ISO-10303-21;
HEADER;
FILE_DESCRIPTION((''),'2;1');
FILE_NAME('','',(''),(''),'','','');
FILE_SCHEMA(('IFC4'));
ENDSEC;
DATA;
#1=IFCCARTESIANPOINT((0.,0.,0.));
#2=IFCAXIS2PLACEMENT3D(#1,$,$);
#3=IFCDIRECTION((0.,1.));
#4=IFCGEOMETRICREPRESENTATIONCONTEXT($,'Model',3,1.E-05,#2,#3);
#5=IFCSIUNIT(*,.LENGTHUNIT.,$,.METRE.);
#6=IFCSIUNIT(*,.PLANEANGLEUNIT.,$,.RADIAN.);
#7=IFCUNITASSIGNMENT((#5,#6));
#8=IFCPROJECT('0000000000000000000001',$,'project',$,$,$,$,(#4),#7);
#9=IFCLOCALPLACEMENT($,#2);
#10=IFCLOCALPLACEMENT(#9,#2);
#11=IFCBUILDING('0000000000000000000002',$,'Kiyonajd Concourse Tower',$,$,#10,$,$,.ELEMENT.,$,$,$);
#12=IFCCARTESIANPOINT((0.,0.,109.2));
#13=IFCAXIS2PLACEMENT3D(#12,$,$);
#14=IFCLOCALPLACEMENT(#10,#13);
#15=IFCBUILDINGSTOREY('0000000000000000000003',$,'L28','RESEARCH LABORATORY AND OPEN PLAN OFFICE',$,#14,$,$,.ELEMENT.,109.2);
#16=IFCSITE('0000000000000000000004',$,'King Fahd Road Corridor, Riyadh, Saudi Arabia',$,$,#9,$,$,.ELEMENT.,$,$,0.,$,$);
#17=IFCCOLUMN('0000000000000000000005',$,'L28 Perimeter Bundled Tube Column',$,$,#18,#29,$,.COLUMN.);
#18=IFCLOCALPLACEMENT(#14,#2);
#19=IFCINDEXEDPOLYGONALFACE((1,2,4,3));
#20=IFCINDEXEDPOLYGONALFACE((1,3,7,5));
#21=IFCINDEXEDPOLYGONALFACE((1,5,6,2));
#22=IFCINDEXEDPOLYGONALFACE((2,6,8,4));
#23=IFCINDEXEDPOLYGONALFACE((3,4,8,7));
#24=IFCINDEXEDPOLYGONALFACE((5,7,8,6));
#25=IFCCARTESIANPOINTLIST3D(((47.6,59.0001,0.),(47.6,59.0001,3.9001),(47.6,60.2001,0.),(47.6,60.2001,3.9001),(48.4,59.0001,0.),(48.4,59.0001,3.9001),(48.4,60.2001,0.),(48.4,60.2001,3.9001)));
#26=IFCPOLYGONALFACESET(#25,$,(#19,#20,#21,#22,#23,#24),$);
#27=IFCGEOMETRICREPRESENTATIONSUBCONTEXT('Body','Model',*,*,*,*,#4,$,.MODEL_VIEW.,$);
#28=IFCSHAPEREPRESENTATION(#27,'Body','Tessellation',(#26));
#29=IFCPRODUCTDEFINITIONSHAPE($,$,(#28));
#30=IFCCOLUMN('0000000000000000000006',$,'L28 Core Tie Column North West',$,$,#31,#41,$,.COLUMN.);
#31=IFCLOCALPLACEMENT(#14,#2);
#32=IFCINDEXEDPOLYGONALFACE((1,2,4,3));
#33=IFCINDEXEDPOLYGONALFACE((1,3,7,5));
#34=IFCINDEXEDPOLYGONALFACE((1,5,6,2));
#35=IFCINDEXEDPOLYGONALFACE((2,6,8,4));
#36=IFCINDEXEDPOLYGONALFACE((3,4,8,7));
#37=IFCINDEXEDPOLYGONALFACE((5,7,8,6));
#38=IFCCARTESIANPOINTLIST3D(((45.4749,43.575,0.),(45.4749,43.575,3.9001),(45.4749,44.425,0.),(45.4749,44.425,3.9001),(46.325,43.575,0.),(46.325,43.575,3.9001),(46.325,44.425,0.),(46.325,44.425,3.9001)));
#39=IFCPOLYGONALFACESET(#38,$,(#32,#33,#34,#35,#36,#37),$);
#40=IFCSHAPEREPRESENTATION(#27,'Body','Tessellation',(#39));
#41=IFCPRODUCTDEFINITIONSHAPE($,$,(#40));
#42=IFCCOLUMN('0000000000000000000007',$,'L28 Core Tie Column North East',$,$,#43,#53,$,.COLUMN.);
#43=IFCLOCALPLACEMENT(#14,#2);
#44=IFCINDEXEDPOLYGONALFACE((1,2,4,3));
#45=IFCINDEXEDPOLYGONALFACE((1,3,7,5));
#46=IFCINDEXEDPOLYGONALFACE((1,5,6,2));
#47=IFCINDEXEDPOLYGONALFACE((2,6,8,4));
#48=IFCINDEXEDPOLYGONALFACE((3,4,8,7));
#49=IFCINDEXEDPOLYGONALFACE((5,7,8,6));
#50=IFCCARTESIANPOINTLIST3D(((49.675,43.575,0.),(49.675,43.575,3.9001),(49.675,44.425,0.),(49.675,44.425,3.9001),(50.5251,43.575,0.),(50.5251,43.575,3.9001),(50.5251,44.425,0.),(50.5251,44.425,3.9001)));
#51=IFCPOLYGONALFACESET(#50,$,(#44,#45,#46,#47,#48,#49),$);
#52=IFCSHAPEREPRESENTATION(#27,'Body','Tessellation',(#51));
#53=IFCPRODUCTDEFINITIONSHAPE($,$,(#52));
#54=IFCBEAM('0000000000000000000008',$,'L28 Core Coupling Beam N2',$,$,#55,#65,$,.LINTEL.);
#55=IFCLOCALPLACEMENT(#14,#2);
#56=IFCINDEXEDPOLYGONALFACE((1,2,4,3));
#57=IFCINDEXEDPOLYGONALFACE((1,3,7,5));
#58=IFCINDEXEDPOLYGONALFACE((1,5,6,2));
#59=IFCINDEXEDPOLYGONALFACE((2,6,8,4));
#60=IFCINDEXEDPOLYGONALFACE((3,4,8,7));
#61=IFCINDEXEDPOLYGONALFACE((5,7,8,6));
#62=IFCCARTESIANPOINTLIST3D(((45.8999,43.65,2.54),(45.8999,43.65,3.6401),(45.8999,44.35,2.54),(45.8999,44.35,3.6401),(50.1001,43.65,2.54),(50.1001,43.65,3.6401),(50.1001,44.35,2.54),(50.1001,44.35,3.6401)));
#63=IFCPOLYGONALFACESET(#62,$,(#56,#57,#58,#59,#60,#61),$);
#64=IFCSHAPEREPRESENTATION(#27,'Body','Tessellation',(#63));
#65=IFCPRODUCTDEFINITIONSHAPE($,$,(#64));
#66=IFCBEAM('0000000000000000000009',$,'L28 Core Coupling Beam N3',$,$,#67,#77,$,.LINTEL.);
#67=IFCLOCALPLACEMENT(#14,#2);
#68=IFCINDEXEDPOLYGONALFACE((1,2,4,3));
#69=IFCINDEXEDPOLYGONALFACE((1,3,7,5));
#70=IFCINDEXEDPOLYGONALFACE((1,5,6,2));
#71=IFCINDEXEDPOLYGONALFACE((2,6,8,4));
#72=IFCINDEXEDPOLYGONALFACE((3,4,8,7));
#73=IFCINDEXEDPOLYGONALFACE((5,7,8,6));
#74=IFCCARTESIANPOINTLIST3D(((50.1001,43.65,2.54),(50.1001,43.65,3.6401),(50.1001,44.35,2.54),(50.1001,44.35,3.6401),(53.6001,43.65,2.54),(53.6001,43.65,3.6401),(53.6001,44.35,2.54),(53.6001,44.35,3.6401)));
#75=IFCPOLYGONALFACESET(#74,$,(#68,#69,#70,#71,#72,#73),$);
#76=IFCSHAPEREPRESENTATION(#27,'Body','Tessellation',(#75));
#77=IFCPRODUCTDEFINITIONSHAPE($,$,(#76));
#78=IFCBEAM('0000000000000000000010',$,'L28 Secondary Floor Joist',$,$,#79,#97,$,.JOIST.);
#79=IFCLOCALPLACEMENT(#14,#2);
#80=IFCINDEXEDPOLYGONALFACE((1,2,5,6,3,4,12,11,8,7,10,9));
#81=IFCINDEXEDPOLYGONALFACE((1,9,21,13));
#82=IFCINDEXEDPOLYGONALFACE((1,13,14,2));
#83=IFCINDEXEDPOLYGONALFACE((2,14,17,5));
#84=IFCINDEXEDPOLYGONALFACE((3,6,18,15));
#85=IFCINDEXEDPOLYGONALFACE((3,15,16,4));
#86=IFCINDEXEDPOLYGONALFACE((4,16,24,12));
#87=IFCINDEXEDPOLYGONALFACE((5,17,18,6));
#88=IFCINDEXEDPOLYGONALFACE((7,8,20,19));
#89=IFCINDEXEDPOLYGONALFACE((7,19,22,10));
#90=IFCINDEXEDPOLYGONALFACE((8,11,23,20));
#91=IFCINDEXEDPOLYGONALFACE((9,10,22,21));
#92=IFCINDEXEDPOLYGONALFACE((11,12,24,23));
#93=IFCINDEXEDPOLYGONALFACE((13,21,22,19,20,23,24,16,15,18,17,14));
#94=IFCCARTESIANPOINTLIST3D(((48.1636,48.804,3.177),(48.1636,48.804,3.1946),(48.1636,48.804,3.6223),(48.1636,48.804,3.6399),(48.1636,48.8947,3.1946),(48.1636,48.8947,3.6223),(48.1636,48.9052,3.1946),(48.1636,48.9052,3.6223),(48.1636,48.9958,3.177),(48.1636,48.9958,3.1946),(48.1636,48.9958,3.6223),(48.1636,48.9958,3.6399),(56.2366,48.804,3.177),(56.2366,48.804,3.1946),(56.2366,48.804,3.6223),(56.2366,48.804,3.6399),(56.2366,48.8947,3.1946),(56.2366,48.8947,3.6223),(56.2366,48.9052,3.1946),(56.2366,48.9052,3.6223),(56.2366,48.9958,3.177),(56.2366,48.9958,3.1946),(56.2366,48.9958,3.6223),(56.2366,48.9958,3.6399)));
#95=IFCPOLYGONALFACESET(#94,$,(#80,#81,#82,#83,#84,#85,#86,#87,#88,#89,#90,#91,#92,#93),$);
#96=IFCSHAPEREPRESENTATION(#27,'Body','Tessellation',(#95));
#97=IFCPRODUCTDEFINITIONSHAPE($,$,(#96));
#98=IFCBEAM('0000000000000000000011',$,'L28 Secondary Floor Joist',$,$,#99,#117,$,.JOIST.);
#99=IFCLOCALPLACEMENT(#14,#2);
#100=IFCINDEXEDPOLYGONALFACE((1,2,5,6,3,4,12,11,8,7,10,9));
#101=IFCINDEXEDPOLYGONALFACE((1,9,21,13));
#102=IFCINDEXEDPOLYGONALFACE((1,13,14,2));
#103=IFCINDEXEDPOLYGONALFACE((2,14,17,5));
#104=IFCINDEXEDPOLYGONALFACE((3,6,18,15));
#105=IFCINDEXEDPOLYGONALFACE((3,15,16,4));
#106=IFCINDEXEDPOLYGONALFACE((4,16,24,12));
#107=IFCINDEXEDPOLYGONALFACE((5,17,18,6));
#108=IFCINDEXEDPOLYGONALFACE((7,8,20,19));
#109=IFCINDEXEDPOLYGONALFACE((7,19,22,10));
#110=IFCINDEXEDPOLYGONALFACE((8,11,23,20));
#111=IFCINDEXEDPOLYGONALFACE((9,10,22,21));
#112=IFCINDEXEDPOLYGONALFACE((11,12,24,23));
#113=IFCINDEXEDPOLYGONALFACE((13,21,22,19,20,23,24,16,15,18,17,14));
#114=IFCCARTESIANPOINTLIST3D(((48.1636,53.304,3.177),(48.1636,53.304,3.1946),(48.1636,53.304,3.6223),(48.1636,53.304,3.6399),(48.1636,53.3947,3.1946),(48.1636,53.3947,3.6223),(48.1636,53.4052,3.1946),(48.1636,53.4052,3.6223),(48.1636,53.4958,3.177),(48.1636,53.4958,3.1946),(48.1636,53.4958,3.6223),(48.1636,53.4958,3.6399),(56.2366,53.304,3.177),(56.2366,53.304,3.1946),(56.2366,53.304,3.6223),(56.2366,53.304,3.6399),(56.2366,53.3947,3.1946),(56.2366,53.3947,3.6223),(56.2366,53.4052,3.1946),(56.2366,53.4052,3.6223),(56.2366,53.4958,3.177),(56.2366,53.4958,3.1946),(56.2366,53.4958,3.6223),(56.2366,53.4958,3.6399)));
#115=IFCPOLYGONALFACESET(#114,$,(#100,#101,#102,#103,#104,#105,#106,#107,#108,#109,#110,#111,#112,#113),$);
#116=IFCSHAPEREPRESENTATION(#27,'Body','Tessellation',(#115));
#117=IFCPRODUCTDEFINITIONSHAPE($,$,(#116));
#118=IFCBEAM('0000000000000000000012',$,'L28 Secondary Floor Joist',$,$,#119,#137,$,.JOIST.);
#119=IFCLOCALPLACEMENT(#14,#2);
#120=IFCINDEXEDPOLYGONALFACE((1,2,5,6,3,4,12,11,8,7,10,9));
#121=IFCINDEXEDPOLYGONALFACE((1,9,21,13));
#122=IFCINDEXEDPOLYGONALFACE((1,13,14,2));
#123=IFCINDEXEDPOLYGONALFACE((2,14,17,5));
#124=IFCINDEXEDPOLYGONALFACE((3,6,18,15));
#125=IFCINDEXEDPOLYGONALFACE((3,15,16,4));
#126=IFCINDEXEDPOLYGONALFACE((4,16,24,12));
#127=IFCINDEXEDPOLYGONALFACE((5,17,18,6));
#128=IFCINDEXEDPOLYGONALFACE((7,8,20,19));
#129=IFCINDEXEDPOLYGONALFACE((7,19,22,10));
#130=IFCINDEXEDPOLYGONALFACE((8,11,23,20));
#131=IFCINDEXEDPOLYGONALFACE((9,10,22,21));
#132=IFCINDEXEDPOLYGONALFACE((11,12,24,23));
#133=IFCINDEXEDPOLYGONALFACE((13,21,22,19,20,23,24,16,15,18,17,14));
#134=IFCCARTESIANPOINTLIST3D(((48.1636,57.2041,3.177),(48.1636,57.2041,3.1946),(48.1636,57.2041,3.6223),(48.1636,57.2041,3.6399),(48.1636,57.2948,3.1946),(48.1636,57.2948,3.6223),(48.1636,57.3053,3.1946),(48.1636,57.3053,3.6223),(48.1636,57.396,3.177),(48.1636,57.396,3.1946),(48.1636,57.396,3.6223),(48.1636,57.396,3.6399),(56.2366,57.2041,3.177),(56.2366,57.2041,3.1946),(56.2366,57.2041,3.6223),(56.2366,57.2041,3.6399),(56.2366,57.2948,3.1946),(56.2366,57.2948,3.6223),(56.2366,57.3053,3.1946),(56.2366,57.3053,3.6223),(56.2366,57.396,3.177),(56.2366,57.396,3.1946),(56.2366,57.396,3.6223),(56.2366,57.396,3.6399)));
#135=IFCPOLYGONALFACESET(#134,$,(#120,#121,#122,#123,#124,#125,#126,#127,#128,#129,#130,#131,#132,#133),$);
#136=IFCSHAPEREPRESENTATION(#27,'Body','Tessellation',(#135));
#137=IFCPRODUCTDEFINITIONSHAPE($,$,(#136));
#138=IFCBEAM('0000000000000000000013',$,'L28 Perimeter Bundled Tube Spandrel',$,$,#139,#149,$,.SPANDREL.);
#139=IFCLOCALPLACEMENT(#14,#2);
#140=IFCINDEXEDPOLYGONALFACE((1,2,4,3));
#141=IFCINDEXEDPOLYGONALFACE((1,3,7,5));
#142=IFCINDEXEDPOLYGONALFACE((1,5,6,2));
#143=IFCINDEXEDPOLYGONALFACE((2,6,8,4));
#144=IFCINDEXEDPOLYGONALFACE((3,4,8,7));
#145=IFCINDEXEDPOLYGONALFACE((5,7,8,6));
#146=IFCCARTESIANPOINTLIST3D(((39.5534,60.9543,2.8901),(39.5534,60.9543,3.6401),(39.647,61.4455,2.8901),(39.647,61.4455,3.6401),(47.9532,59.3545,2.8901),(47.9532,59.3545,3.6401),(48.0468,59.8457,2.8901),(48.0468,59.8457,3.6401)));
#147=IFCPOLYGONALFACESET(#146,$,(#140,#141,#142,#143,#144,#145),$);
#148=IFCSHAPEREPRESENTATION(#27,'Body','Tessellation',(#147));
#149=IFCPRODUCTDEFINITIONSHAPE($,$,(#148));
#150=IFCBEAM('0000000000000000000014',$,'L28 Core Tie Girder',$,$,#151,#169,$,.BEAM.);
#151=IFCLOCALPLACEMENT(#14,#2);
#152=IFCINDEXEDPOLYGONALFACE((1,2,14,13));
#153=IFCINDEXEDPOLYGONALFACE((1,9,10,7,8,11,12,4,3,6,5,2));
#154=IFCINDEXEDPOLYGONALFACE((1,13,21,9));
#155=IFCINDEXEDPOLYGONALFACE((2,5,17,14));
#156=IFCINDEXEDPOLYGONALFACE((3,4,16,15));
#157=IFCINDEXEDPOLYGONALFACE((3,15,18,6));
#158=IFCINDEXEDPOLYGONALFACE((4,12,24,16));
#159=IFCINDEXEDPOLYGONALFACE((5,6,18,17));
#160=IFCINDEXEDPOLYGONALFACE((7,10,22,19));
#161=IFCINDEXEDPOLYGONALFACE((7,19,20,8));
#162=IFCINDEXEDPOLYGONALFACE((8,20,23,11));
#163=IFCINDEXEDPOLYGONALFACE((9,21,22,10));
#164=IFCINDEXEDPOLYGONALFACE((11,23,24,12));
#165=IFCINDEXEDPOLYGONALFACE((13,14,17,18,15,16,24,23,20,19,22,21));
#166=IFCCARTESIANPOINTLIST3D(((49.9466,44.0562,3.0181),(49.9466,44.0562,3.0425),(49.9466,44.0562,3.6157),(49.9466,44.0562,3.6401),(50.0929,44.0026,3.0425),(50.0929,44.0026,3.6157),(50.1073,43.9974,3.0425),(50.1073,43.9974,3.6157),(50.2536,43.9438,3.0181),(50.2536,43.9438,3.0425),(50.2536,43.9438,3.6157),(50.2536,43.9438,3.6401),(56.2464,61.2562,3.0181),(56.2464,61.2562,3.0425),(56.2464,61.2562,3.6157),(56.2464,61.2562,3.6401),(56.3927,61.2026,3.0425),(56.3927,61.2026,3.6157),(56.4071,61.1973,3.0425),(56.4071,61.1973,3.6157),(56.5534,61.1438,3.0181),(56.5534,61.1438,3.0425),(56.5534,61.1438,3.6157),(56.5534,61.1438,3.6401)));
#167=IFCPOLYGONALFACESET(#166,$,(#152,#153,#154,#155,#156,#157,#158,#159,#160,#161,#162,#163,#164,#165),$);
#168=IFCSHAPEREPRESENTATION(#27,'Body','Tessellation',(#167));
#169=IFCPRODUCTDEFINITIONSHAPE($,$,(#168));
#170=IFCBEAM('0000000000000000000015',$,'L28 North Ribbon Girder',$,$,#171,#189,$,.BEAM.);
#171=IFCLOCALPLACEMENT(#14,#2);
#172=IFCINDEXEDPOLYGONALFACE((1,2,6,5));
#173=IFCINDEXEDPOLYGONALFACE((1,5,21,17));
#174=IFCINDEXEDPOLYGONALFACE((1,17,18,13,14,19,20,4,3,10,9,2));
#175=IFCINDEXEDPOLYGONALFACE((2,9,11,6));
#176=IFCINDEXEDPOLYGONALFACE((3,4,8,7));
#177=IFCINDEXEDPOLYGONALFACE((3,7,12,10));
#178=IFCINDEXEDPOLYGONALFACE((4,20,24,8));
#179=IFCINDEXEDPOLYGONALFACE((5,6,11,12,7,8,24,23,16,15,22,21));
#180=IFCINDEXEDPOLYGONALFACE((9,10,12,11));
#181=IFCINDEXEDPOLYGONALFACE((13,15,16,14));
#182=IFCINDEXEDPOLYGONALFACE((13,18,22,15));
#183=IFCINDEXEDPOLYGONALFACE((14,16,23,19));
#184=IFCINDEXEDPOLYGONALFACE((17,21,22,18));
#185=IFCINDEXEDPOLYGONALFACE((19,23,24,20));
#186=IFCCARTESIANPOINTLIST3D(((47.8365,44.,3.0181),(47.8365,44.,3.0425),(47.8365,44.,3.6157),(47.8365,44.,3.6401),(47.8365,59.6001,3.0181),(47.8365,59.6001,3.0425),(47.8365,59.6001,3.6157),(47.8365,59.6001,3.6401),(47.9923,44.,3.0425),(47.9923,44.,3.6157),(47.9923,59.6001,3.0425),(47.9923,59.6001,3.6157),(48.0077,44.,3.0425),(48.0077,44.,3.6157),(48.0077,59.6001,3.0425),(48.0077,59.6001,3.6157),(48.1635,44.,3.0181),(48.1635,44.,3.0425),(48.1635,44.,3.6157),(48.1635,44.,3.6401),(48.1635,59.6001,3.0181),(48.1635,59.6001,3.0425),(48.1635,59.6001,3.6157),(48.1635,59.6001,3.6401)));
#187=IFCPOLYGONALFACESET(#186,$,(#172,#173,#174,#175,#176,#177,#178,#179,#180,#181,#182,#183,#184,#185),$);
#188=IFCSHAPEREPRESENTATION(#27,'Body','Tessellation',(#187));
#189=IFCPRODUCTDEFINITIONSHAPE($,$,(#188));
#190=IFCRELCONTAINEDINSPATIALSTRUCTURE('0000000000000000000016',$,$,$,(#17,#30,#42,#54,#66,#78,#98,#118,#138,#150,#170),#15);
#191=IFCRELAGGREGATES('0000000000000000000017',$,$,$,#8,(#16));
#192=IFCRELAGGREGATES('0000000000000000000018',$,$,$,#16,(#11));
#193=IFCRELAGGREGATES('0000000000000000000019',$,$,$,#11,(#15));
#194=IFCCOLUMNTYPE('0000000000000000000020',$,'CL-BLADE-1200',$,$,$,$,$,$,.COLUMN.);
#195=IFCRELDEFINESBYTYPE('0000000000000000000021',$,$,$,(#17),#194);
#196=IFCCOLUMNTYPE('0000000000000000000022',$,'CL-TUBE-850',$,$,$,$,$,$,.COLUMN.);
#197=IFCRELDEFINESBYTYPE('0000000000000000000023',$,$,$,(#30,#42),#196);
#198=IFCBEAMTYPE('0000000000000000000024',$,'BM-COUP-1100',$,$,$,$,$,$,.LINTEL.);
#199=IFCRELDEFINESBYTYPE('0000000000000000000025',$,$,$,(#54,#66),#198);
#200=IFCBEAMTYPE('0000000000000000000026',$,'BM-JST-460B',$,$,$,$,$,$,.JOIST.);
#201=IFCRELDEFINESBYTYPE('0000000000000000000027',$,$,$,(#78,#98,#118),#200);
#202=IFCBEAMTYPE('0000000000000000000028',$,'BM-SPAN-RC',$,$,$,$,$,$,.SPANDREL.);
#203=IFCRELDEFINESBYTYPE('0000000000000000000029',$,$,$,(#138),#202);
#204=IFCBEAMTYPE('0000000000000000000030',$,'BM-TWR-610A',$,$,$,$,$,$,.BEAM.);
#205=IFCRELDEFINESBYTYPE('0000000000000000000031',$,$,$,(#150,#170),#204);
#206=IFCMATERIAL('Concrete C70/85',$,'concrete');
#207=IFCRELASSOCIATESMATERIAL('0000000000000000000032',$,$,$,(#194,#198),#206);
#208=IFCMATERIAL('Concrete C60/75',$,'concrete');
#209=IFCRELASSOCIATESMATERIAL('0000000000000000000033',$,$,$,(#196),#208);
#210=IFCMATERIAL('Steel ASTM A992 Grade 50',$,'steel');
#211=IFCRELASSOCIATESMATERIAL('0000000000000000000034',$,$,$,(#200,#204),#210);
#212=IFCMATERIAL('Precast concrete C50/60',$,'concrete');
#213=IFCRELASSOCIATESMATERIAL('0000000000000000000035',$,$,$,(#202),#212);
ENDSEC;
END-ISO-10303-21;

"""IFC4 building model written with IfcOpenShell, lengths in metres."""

from ifc_helpers import new_model, si_unit, direction, frame, origin, origin_2d, place, context, subcontext, project, spatial, rectangle, i_section, extrude, material, material_profile, profile_set, type_object, element, save


model = new_model("IFC4")

# Units and contexts
model_context = context("Model", 3, precision=1e-05, world=origin(), true_north=direction((0.0, 1.0)))
body_context = subcontext(model_context, "Body", "Model", "MODEL_VIEW")
ifc_project = project(units=[si_unit("LENGTHUNIT", "METRE"), si_unit("PLANEANGLEUNIT", "RADIAN")], contexts=[model_context])

# Site, building, storey
site_placement = place(None, origin())
site = spatial("IfcSite", under=ifc_project, at=site_placement, Name="King Fahd Road Corridor, Riyadh, Saudi Arabia", CompositionType="ELEMENT", RefElevation=0.0)
building_placement = place(site_placement, origin())
building = spatial("IfcBuilding", under=site, at=building_placement, Name="Kiyonajd Concourse Tower", CompositionType="ELEMENT")
storey_placement = place(building_placement, frame((0.0, 0.0, 109.2)))
storey = spatial("IfcBuildingStorey", under=building, at=storey_placement, Name="L28", Description="RESEARCH LABORATORY AND OPEN PLAN OFFICE", CompositionType="ELEMENT", Elevation=109.2)

# Columns
ifc_material_1 = material(Name="Concrete C70/85", Category="concrete")
ifc_material_profile_1 = material_profile(ifc_material_1, rectangle(XDim=0.8, YDim=1.2, at=origin_2d()), Name="RC-1200x800")
ifc_profile_set_1 = profile_set([ifc_material_profile_1], Name="Concrete C70/85")
column_type_1 = type_object("IfcColumnType", Name="CL-BLADE-1200", PredefinedType="COLUMN", material=ifc_profile_set_1)
column_placement = place(storey_placement, frame((48.0, 59.6001, 0.0), z_axis=(0.0, 0.0, 1.0), x_axis=(1.0, 0.0, 0.0)))
element("IfcColumn", 1, at=column_placement, inside=storey, type_object=column_type_1, Name="L28 Perimeter Bundled Tube Column", PredefinedType="COLUMN", context=body_context, shape_type="SweptSolid", body=[
    extrude(rectangle(XDim=0.8, YDim=1.2, at=origin_2d()), origin(), (0.0, 0.0, 1.0), 3.9001),
])
ifc_material_2 = material(Name="Concrete C60/75", Category="concrete")
ifc_material_profile_2 = material_profile(ifc_material_2, rectangle(XDim=0.8501, YDim=0.8501, at=origin_2d()), Name="RC-850x850")
ifc_profile_set_2 = profile_set([ifc_material_profile_2], Name="Concrete C60/75")
column_type_2 = type_object("IfcColumnType", Name="CL-TUBE-850", PredefinedType="COLUMN", material=ifc_profile_set_2)
for number, where, z_axis, x_axis, name in (
    (2, (45.8999, 44.0, 0.0), (0.0, 0.0, 1.0), (1.0, 0.0, 0.0), "L28 Core Tie Column North West"),
    (3, (50.1001, 44.0, 0.0), (0.0, 0.0, 1.0), (1.0, 0.0, 0.0), "L28 Core Tie Column North East"),
):
    element("IfcColumn", number, at=place(storey_placement, frame(where, z_axis=z_axis, x_axis=x_axis)), inside=storey, type_object=column_type_2, Name=name, PredefinedType="COLUMN", context=body_context, shape_type="SweptSolid", body=[
        extrude(rectangle(XDim=0.8501, YDim=0.8501, at=origin_2d()), origin(), (0.0, 0.0, 1.0), 3.9001),
    ])

# Beams
ifc_material_profile_3 = material_profile(ifc_material_1, rectangle(XDim=0.7, YDim=1.1001, at=origin_2d()), Name="RCBM-700x1100")
ifc_profile_set_3 = profile_set([ifc_material_profile_3], Name="Concrete C70/85")
beam_type_1 = type_object("IfcBeamType", Name="BM-COUP-1100", PredefinedType="LINTEL", material=ifc_profile_set_3)
beam_1_placement = place(storey_placement, frame((45.8999, 44.0, 3.0901), z_axis=(1.0, 0.0, 0.0), x_axis=(0.0, 1.0, 0.0)))
element("IfcBeam", 4, at=beam_1_placement, inside=storey, type_object=beam_type_1, Name="L28 Core Coupling Beam N2", PredefinedType="LINTEL", context=body_context, shape_type="SweptSolid", body=[
    extrude(rectangle(XDim=0.7, YDim=1.1001, at=origin_2d()), origin(), (0.0, 0.0, 1.0), 4.2002),
])
beam_2_placement = place(storey_placement, frame((50.1001, 44.0, 3.0901), z_axis=(1.0, 0.0, 0.0), x_axis=(0.0, 1.0, 0.0)))
element("IfcBeam", 5, at=beam_2_placement, inside=storey, type_object=beam_type_1, Name="L28 Core Coupling Beam N3", PredefinedType="LINTEL", context=body_context, shape_type="SweptSolid", body=[
    extrude(rectangle(XDim=0.7, YDim=1.1001, at=origin_2d()), origin(), (0.0, 0.0, 1.0), 3.5),
])
ifc_material_3 = material(Name="Steel ASTM A992 Grade 50", Category="steel")
ifc_material_profile_4 = material_profile(ifc_material_3, i_section(OverallWidth=0.1919, OverallDepth=0.4629, WebThickness=0.0105, FlangeThickness=0.0176, at=origin_2d()), Name="W460X89")
ifc_profile_set_4 = profile_set([ifc_material_profile_4], Name="Steel ASTM A992 Grade 50")
beam_type_2 = type_object("IfcBeamType", Name="BM-JST-460B", PredefinedType="JOIST", material=ifc_profile_set_4)
for number, where, z_axis, x_axis, name in (
    (6, (48.1636, 48.8999, 3.4084), (1.0, 0.0, 0.0), (0.0, 1.0, 0.0), "L28 Secondary Floor Joist"),
    (7, (48.1636, 53.3999, 3.4084), (1.0, 0.0, 0.0), (0.0, 1.0, 0.0), "L28 Secondary Floor Joist"),
    (8, (48.1636, 57.3, 3.4084), (1.0, 0.0, 0.0), (0.0, 1.0, 0.0), "L28 Secondary Floor Joist"),
):
    element("IfcBeam", number, at=place(storey_placement, frame(where, z_axis=z_axis, x_axis=x_axis)), inside=storey, type_object=beam_type_2, Name=name, PredefinedType="JOIST", context=body_context, shape_type="SweptSolid", body=[
        extrude(i_section(OverallWidth=0.1919, OverallDepth=0.4629, WebThickness=0.0105, FlangeThickness=0.0176, at=origin_2d()), origin(), (0.0, 0.0, 1.0), 8.073),
    ])
ifc_material_4 = material(Name="Precast concrete C50/60", Category="concrete")
ifc_material_profile_5 = material_profile(ifc_material_4, rectangle(XDim=0.5, YDim=0.75, at=origin_2d()), Name="RCBM-500x750")
ifc_profile_set_5 = profile_set([ifc_material_profile_5], Name="Precast concrete C50/60")
beam_type_3 = type_object("IfcBeamType", Name="BM-SPAN-RC", PredefinedType="SPANDREL", material=ifc_profile_set_5)
beam_3_placement = place(storey_placement, frame((48.0, 59.6001, 3.2651), z_axis=(-0.982341, 0.187098, 0.0), x_axis=(-0.187098, -0.982341, 0.0)))
element("IfcBeam", 9, at=beam_3_placement, inside=storey, type_object=beam_type_3, Name="L28 Perimeter Bundled Tube Spandrel", PredefinedType="SPANDREL", context=body_context, shape_type="SweptSolid", body=[
    extrude(rectangle(XDim=0.5, YDim=0.75, at=origin_2d()), origin(), (0.0, 0.0, 1.0), 8.5508),
])
ifc_material_profile_6 = material_profile(ifc_material_3, i_section(OverallWidth=0.3269, OverallDepth=0.6221, WebThickness=0.0154, FlangeThickness=0.0244, at=origin_2d()), Name="W610X195")
ifc_profile_set_6 = profile_set([ifc_material_profile_6], Name="Steel ASTM A992 Grade 50")
beam_type_4 = type_object("IfcBeamType", Name="BM-TWR-610A", PredefinedType="BEAM", material=ifc_profile_set_6)
beam_4_placement = place(storey_placement, frame((50.1001, 44.0, 3.3291), z_axis=(0.343925, 0.938997, 0.0), x_axis=(-0.938997, 0.343925, 0.0)))
element("IfcBeam", 10, at=beam_4_placement, inside=storey, type_object=beam_type_4, Name="L28 Core Tie Girder", PredefinedType="BEAM", context=body_context, shape_type="SweptSolid", body=[
    extrude(i_section(OverallWidth=0.3269, OverallDepth=0.6221, WebThickness=0.0154, FlangeThickness=0.0244, at=origin_2d()), origin(), (0.0, 0.0, 1.0), 18.3174),
])
beam_5_placement = place(storey_placement, frame((48.0, 44.0, 3.3291), z_axis=(0.0, 1.0, 0.0), x_axis=(-1.0, 0.0, 0.0)))
element("IfcBeam", 11, at=beam_5_placement, inside=storey, type_object=beam_type_4, Name="L28 North Ribbon Girder", PredefinedType="BEAM", context=body_context, shape_type="SweptSolid", body=[
    extrude(i_section(OverallWidth=0.3269, OverallDepth=0.6221, WebThickness=0.0154, FlangeThickness=0.0244, at=origin_2d()), origin(), (0.0, 0.0, 1.0), 15.6001),
])

save(model, "model.ifc")
